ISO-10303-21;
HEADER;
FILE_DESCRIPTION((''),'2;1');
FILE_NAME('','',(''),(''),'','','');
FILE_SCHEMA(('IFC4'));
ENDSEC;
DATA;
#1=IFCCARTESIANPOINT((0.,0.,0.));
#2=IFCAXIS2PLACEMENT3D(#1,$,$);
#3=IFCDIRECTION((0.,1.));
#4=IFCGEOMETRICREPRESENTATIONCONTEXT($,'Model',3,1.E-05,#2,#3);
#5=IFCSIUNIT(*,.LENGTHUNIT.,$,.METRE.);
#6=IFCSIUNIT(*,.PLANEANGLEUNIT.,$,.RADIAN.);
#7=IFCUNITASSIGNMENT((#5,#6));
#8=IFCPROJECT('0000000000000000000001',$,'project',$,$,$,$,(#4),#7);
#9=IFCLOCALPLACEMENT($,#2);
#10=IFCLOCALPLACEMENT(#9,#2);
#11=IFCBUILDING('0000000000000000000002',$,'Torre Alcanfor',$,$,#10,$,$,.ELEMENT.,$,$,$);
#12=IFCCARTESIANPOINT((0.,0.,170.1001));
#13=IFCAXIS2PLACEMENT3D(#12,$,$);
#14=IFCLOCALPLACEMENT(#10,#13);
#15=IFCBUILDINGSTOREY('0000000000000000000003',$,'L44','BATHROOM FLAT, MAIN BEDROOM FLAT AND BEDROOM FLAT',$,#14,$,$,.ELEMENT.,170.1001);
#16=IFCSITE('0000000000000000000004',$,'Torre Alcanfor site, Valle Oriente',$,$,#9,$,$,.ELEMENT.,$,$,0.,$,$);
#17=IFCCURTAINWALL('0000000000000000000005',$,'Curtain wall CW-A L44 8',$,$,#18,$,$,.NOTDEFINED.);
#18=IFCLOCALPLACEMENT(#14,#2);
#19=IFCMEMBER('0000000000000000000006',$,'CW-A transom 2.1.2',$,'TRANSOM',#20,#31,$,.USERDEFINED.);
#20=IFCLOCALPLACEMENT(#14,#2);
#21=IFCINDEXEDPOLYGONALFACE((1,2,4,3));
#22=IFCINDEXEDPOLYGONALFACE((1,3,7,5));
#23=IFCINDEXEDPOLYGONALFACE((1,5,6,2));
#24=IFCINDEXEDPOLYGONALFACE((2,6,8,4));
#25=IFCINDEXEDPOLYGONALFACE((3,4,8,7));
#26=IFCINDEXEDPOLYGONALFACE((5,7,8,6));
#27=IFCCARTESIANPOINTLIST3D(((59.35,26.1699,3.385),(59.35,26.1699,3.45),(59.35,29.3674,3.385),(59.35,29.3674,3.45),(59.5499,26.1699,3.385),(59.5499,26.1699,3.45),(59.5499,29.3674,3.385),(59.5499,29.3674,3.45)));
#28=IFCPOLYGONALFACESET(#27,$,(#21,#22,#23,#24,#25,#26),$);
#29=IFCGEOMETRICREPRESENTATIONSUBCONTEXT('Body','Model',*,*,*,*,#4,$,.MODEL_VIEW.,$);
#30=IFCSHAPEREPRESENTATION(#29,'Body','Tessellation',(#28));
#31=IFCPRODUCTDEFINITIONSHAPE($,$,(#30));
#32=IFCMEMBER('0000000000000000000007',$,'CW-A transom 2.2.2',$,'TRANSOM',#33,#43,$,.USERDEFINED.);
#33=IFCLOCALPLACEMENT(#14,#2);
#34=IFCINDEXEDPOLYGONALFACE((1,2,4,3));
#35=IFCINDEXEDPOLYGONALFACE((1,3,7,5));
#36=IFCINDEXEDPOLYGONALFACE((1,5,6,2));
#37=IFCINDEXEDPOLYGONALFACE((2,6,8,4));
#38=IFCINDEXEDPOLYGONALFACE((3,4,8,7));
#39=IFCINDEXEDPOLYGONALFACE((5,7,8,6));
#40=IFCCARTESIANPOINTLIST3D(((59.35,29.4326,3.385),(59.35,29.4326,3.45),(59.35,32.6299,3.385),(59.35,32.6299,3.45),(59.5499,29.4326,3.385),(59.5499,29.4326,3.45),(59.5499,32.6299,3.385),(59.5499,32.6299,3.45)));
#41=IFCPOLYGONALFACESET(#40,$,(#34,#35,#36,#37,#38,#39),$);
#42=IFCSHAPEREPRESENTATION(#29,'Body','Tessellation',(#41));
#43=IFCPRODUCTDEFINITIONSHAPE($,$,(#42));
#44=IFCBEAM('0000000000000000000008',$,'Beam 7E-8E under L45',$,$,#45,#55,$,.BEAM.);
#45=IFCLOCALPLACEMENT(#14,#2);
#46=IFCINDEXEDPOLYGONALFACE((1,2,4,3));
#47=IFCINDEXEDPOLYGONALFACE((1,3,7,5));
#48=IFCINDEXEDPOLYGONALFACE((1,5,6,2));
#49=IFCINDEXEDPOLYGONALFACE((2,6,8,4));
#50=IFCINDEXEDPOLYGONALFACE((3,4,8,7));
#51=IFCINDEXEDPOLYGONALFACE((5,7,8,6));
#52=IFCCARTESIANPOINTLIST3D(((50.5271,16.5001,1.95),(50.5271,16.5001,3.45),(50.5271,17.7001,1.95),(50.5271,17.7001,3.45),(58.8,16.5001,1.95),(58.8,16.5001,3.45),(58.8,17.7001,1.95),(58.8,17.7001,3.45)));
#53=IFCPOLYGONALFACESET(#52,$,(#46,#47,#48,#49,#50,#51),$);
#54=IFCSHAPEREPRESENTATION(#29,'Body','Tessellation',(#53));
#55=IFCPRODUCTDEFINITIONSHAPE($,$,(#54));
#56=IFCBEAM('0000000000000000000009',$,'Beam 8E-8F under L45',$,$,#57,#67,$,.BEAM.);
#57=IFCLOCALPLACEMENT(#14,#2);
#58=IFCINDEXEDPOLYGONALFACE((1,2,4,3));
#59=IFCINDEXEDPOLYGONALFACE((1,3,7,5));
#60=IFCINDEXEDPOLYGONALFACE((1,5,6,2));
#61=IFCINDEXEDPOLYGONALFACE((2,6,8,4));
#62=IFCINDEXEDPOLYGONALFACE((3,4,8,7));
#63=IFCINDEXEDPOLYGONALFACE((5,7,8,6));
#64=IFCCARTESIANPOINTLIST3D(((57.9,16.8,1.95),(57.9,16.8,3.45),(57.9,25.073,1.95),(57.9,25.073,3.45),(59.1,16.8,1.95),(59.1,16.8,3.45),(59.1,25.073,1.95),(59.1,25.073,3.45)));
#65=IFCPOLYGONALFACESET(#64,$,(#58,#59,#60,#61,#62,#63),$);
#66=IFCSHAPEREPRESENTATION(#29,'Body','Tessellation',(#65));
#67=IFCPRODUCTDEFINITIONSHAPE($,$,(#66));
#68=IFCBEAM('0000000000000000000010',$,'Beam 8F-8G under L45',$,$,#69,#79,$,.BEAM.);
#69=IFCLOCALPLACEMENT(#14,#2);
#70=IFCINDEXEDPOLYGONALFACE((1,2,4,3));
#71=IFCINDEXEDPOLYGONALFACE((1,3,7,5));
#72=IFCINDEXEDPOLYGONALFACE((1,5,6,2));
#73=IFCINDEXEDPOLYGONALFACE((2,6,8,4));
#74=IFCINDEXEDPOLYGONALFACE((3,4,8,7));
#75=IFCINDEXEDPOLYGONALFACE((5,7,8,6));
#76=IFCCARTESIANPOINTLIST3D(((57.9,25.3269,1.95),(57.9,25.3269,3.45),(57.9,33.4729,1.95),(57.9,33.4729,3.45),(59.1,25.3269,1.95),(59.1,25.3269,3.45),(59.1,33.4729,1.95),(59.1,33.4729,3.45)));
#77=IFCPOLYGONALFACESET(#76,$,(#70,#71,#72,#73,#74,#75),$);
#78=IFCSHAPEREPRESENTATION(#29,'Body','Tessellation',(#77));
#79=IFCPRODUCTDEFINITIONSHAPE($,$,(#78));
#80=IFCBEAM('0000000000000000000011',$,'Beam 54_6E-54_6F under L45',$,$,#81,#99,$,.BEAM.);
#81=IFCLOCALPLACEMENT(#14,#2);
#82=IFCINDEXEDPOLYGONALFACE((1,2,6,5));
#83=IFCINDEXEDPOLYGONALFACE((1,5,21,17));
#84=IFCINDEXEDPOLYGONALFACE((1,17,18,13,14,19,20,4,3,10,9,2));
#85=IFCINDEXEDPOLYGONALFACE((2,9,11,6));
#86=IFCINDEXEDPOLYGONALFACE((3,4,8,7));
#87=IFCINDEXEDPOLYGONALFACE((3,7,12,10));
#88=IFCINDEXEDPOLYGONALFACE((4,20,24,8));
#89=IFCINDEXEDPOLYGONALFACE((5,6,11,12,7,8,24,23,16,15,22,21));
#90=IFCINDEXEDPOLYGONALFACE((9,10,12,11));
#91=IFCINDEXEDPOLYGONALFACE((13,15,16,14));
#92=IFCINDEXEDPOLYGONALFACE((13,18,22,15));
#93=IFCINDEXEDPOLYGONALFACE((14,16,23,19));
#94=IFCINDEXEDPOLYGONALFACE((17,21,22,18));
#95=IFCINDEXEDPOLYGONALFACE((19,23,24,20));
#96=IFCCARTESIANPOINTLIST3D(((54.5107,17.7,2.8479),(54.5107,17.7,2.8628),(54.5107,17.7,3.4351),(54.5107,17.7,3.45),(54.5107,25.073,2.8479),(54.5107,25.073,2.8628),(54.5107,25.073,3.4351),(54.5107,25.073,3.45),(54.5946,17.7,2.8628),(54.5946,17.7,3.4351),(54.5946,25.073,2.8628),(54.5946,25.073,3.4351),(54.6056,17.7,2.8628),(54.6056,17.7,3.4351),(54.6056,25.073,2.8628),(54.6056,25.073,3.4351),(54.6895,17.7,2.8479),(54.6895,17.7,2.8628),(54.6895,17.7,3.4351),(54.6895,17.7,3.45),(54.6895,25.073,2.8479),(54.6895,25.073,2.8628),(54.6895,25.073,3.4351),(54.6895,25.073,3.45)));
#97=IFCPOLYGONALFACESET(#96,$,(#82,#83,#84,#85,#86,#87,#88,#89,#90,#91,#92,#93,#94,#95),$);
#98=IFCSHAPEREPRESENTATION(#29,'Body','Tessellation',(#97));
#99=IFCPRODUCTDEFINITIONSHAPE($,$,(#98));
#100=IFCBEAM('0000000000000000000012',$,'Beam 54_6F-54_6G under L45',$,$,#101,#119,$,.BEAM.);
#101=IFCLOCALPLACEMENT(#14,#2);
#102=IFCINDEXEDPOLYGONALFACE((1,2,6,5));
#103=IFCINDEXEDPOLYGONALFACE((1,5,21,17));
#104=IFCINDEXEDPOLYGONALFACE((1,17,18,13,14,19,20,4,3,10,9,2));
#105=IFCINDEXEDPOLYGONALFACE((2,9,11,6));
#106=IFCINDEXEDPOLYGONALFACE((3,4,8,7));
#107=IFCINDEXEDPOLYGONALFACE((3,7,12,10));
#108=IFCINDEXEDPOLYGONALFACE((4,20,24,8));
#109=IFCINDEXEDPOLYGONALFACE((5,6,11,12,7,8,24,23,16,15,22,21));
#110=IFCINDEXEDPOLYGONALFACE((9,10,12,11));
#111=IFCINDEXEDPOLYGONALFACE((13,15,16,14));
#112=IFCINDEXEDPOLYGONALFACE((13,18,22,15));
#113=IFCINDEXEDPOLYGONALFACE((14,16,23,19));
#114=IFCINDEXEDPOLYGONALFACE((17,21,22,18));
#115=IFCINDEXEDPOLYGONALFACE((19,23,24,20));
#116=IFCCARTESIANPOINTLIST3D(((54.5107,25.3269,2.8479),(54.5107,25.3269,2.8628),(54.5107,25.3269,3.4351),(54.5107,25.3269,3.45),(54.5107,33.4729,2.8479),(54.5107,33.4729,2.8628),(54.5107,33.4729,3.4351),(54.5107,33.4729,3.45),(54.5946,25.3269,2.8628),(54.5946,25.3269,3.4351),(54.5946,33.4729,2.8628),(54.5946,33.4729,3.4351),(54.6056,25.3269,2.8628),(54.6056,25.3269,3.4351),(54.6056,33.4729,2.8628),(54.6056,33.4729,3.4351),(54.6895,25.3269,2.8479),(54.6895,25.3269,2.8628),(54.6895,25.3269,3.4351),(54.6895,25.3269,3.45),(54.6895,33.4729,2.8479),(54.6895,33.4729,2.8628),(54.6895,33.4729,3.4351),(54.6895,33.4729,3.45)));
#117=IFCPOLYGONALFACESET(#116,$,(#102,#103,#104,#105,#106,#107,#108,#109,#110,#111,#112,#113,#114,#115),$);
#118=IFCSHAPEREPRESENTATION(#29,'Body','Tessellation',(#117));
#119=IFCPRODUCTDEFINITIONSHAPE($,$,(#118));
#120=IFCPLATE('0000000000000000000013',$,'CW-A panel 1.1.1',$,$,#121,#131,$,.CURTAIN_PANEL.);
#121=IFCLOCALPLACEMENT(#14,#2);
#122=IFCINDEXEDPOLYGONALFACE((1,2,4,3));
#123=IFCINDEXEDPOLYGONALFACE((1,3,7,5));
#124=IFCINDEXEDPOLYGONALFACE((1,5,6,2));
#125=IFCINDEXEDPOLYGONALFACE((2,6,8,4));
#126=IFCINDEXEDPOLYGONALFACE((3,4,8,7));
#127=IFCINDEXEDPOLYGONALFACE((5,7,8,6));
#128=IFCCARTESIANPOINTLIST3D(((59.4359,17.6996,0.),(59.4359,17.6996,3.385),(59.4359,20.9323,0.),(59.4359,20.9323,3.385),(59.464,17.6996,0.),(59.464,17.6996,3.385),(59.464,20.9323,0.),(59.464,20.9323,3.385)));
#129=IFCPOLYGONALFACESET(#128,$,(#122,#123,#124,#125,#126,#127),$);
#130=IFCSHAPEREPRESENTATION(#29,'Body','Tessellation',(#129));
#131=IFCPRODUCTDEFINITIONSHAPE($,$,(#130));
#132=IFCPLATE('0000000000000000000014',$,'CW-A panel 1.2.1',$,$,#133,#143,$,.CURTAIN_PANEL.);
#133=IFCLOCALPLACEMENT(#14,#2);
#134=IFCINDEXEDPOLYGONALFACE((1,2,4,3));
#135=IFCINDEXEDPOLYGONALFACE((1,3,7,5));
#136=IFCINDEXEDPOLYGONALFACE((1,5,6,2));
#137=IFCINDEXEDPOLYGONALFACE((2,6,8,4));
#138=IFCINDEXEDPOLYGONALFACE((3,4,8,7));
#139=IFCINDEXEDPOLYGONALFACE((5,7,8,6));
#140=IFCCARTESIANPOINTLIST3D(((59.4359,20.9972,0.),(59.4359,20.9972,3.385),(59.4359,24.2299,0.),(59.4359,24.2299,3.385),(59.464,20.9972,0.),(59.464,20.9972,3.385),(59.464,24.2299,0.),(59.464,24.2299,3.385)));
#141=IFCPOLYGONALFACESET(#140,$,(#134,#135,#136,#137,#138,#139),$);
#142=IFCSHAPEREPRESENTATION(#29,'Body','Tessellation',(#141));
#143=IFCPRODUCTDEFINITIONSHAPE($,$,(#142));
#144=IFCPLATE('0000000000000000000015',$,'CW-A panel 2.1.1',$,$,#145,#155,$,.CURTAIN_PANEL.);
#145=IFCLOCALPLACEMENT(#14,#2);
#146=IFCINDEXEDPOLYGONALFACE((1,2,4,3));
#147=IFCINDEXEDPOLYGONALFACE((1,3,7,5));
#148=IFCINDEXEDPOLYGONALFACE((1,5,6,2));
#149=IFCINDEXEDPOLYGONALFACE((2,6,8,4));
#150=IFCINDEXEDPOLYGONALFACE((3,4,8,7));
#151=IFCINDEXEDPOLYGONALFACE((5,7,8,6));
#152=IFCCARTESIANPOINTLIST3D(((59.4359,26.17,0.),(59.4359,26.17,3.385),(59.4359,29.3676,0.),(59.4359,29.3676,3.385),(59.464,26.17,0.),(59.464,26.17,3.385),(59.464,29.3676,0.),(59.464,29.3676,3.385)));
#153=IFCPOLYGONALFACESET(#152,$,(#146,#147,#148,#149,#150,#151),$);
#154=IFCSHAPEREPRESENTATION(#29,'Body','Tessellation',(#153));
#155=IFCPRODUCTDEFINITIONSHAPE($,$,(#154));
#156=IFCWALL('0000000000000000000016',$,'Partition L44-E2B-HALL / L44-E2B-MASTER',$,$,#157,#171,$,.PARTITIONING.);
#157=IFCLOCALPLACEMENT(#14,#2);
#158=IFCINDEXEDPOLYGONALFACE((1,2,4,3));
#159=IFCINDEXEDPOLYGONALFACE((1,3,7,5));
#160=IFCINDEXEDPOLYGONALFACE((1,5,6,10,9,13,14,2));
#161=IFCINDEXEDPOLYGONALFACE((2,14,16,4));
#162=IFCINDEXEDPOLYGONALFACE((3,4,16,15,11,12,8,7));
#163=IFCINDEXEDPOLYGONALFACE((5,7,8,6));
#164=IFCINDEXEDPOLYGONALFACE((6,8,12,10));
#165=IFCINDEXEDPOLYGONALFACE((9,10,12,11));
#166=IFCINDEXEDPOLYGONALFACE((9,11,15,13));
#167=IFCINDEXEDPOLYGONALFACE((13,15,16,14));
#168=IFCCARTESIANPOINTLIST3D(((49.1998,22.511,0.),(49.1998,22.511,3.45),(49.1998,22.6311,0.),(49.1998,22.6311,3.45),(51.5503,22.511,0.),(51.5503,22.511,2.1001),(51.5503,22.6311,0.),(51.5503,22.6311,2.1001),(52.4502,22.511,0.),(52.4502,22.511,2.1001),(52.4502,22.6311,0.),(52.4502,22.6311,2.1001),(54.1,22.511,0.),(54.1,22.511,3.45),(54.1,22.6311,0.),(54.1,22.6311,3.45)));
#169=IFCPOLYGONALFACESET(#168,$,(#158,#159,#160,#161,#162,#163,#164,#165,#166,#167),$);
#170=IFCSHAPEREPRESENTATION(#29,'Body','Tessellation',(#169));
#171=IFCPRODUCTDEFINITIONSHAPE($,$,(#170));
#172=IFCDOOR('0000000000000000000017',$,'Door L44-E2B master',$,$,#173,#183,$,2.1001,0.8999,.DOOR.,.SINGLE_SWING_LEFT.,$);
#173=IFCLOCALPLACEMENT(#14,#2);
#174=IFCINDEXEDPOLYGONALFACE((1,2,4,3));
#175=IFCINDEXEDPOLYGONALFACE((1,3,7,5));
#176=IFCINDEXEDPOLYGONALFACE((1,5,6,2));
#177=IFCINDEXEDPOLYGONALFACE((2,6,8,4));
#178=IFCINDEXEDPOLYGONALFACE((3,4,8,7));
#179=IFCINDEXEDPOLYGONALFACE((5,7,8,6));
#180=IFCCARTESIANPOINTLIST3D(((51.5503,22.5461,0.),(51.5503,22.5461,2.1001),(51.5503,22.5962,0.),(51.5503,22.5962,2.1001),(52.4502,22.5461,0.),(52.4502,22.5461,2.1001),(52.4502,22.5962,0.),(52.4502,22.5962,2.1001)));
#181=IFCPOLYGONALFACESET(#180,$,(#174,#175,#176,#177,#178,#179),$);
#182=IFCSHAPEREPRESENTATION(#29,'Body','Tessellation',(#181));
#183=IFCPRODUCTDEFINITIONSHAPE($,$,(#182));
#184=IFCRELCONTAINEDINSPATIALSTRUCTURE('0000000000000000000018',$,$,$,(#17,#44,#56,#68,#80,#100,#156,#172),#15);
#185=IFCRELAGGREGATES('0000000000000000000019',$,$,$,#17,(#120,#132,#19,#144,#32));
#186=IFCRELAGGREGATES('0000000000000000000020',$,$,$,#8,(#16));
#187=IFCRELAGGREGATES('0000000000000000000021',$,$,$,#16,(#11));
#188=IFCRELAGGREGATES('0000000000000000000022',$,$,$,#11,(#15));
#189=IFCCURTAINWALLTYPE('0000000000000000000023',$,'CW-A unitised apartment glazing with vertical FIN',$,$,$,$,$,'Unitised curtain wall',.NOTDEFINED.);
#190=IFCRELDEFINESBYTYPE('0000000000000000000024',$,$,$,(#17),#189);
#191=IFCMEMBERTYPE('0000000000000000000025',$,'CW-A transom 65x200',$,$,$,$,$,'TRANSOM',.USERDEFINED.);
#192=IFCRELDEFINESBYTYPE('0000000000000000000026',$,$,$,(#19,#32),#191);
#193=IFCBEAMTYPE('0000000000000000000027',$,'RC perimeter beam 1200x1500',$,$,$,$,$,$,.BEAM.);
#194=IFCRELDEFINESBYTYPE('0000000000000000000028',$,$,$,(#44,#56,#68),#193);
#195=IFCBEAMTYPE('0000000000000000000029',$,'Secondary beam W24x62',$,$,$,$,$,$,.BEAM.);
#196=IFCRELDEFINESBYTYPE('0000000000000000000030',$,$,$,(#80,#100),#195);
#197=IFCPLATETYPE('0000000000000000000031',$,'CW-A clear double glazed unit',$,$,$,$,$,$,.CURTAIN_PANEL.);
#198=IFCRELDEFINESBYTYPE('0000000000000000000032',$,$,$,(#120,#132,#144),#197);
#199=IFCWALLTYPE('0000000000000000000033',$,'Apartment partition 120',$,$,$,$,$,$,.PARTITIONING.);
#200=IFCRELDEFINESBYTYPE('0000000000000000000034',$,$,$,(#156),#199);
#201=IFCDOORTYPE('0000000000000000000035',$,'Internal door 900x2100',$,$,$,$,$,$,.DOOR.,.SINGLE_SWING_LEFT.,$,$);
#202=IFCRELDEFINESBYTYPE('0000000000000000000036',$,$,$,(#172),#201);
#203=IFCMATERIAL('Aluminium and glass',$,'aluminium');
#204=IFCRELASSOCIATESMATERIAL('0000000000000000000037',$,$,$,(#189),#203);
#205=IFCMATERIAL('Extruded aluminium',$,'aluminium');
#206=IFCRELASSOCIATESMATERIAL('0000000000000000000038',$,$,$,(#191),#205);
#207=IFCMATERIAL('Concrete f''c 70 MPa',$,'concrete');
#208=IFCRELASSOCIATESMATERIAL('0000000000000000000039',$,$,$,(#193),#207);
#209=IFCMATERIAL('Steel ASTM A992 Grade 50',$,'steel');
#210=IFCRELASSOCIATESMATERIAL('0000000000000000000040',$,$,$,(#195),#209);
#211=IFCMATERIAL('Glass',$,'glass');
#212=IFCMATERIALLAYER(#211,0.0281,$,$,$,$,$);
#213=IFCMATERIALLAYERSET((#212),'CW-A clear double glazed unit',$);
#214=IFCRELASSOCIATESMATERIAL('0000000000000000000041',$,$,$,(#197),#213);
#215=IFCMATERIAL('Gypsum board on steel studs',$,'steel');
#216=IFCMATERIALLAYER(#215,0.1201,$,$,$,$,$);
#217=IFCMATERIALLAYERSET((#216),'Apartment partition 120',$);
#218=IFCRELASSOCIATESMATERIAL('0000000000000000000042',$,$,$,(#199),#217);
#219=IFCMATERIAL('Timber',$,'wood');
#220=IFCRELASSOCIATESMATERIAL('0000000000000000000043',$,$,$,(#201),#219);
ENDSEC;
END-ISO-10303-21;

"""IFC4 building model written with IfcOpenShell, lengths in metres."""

from ifc_helpers import new_model, si_unit, direction, frame, frame_2d, origin, origin_2d, place, context, subcontext, project, spatial, rectangle, i_section, extrude, material, layer, layer_set, material_profile, profile_set, type_object, element, fill, aggregate, save


model = new_model("IFC4")

# Units and contexts
model_context = context("Model", 3, precision=1e-05, world=origin(), true_north=direction((0.0, 1.0)))
body_context = subcontext(model_context, "Body", "Model", "MODEL_VIEW")
ifc_project = project(units=[si_unit("LENGTHUNIT", "METRE"), si_unit("PLANEANGLEUNIT", "RADIAN")], contexts=[model_context])

# Site, building, storey
site_placement = place(None, origin())
site = spatial("IfcSite", under=ifc_project, at=site_placement, Name="Torre Alcanfor site, Valle Oriente", CompositionType="ELEMENT", RefElevation=0.0)
building_placement = place(site_placement, origin())
building = spatial("IfcBuilding", under=site, at=building_placement, Name="Torre Alcanfor", CompositionType="ELEMENT")
storey_placement = place(building_placement, frame((0.0, 0.0, 170.1001)))
storey = spatial("IfcBuildingStorey", under=building, at=storey_placement, Name="L44", Description="BATHROOM FLAT, MAIN BEDROOM FLAT AND BEDROOM FLAT", CompositionType="ELEMENT", Elevation=170.1001)

# Curtain wall, members
ifc_material_1 = material(Name="Aluminium and glass", Category="aluminium")
curtain_wall_type = type_object("IfcCurtainWallType", Name="CW-A unitised apartment glazing with vertical FIN", ElementType="Unitised curtain wall", PredefinedType="NOTDEFINED", material=ifc_material_1)
curtain_wall_placement = place(storey_placement, origin())
curtain_wall = element("IfcCurtainWall", 1, at=curtain_wall_placement, inside=storey, type_object=curtain_wall_type, Name="Curtain wall CW-A L44 8", PredefinedType="NOTDEFINED")
ifc_material_2 = material(Name="Extruded aluminium", Category="aluminium")
ifc_material_profile_1 = material_profile(ifc_material_2, rectangle(XDim=0.2, YDim=0.0649, at=origin_2d()), Name="CW-A transom 200x65")
ifc_profile_set_1 = profile_set([ifc_material_profile_1], Name="Extruded aluminium")
member_type_1 = type_object("IfcMemberType", Name="CW-A transom 65x200", ElementType="TRANSOM", PredefinedType="USERDEFINED", material=ifc_profile_set_1)
member_1_placement = place(storey_placement, frame((59.45, 26.1699, 3.4175), z_axis=(0.0, 1.0, 0.0), x_axis=(-1.0, 0.0, 0.0)))
member_1 = element("IfcMember", 2, at=member_1_placement, type_object=member_type_1, Name="CW-A transom 2.1.2", ObjectType="TRANSOM", PredefinedType="USERDEFINED", context=body_context, shape_type="SweptSolid", body=[
    extrude(rectangle(XDim=0.2, YDim=0.0649, at=origin_2d()), origin(), (0.0, 0.0, 1.0), 3.1975),
])
member_2_placement = place(storey_placement, frame((59.45, 29.4326, 3.4175), z_axis=(0.0, 1.0, 0.0), x_axis=(-1.0, 0.0, 0.0)))
member_2 = element("IfcMember", 3, at=member_2_placement, type_object=member_type_1, Name="CW-A transom 2.2.2", ObjectType="TRANSOM", PredefinedType="USERDEFINED", context=body_context, shape_type="SweptSolid", body=[
    extrude(rectangle(XDim=0.2, YDim=0.0649, at=origin_2d()), origin(), (0.0, 0.0, 1.0), 3.1973),
])

# Beams
ifc_material_3 = material(Name="Concrete f'c 70 MPa", Category="concrete")
ifc_material_profile_2 = material_profile(ifc_material_3, rectangle(XDim=1.2, YDim=1.5, at=origin_2d()), Name="1200x1500")
ifc_profile_set_2 = profile_set([ifc_material_profile_2], Name="Concrete f'c 70 MPa")
beam_type_1 = type_object("IfcBeamType", Name="RC perimeter beam 1200x1500", PredefinedType="BEAM", material=ifc_profile_set_2)
for number, where, z_axis, x_axis, name in (
    (4, (50.5271, 17.1001, 2.7), (1.0, 0.0, 0.0), (0.0, 1.0, 0.0), "Beam 7E-8E under L45"),
    (5, (58.5, 16.8, 2.7), (0.0, 1.0, 0.0), (-1.0, 0.0, 0.0), "Beam 8E-8F under L45"),
):
    element("IfcBeam", number, at=place(storey_placement, frame(where, z_axis=z_axis, x_axis=x_axis)), inside=storey, type_object=beam_type_1, Name=name, PredefinedType="BEAM", context=body_context, shape_type="SweptSolid", body=[
        extrude(rectangle(XDim=1.2, YDim=1.5, at=origin_2d()), origin(), (0.0, 0.0, 1.0), 8.2729),
    ])
beam_1_placement = place(storey_placement, frame((58.5, 25.3269, 2.7), z_axis=(0.0, 1.0, 0.0), x_axis=(-1.0, 0.0, 0.0)))
element("IfcBeam", 6, at=beam_1_placement, inside=storey, type_object=beam_type_1, Name="Beam 8F-8G under L45", PredefinedType="BEAM", context=body_context, shape_type="SweptSolid", body=[
    extrude(rectangle(XDim=1.2, YDim=1.5, at=origin_2d()), origin(), (0.0, 0.0, 1.0), 8.146),
])
ifc_material_4 = material(Name="Steel ASTM A992 Grade 50", Category="steel")
ifc_material_profile_3 = material_profile(ifc_material_4, i_section(OverallWidth=0.1787, OverallDepth=0.6021, WebThickness=0.011, FlangeThickness=0.0149, at=origin_2d()), Name="W24x62")
ifc_profile_set_3 = profile_set([ifc_material_profile_3], Name="Steel ASTM A992 Grade 50")
beam_type_2 = type_object("IfcBeamType", Name="Secondary beam W24x62", PredefinedType="BEAM", material=ifc_profile_set_3)
beam_2_placement = place(storey_placement, frame((54.6001, 17.7, 3.1489), z_axis=(0.0, 1.0, 0.0), x_axis=(-1.0, 0.0, 0.0)))
element("IfcBeam", 7, at=beam_2_placement, inside=storey, type_object=beam_type_2, Name="Beam 54_6E-54_6F under L45", PredefinedType="BEAM", context=body_context, shape_type="SweptSolid", body=[
    extrude(i_section(OverallWidth=0.1787, OverallDepth=0.6021, WebThickness=0.011, FlangeThickness=0.0149, at=origin_2d()), origin(), (0.0, 0.0, 1.0), 7.373),
])
beam_3_placement = place(storey_placement, frame((54.6001, 25.3269, 3.1489), z_axis=(0.0, 1.0, 0.0), x_axis=(-1.0, 0.0, 0.0)))
element("IfcBeam", 8, at=beam_3_placement, inside=storey, type_object=beam_type_2, Name="Beam 54_6F-54_6G under L45", PredefinedType="BEAM", context=body_context, shape_type="SweptSolid", body=[
    extrude(i_section(OverallWidth=0.1787, OverallDepth=0.6021, WebThickness=0.011, FlangeThickness=0.0149, at=origin_2d()), origin(), (0.0, 0.0, 1.0), 8.146),
])

# Plates
ifc_material_5 = material(Name="Glass", Category="glass")
ifc_layer_1 = layer(ifc_material_5, 0.0281)
ifc_layer_set_1 = layer_set([ifc_layer_1], Name="CW-A clear double glazed unit")
plate_type = type_object("IfcPlateType", Name="CW-A clear double glazed unit", PredefinedType="CURTAIN_PANEL", material=ifc_layer_set_1)
plate_1_placement = place(storey_placement, frame((59.45, 19.3159, 0.0), z_axis=(0.0, 0.0, 1.0), x_axis=(0.0, 1.0, 0.0)))
plate_1 = element("IfcPlate", 9, at=plate_1_placement, type_object=plate_type, Name="CW-A panel 1.1.1", PredefinedType="CURTAIN_PANEL", context=body_context, shape_type="SweptSolid", body=[
    extrude(rectangle(XDim=3.2327, YDim=0.0281, at=origin_2d()), origin(), (0.0, 0.0, 1.0), 3.385),
])
plate_2_placement = place(storey_placement, frame((59.45, 22.6135, 0.0), z_axis=(0.0, 0.0, 1.0), x_axis=(0.0, 1.0, 0.0)))
plate_2 = element("IfcPlate", 10, at=plate_2_placement, type_object=plate_type, Name="CW-A panel 1.2.1", PredefinedType="CURTAIN_PANEL", context=body_context, shape_type="SweptSolid", body=[
    extrude(rectangle(XDim=3.2327, YDim=0.0281, at=origin_2d()), origin(), (0.0, 0.0, 1.0), 3.385),
])
plate_3_placement = place(storey_placement, frame((59.45, 27.7688, 0.0), z_axis=(0.0, 0.0, 1.0), x_axis=(0.0, 1.0, 0.0)))
plate_3 = element("IfcPlate", 11, at=plate_3_placement, type_object=plate_type, Name="CW-A panel 2.1.1", PredefinedType="CURTAIN_PANEL", context=body_context, shape_type="SweptSolid", body=[
    extrude(rectangle(XDim=3.1975, YDim=0.0281, at=origin_2d()), origin(), (0.0, 0.0, 1.0), 3.385),
])
aggregate(curtain_wall, [plate_1, plate_2, member_1, plate_3, member_2])

# Wall, opening, door
ifc_material_6 = material(Name="Gypsum board on steel studs", Category="steel")
ifc_layer_2 = layer(ifc_material_6, 0.1201)
ifc_layer_set_2 = layer_set([ifc_layer_2], Name="Apartment partition 120")
wall_type_1 = type_object("IfcWallType", Name="Apartment partition 120", PredefinedType="PARTITIONING", material=ifc_layer_set_2)
wall_1_placement = place(storey_placement, frame((54.1001, 22.571, 0.0), z_axis=(0.0, 0.0, 1.0), x_axis=(-1.0, 0.0, 0.0)))
wall_1 = element("IfcWall", 12, at=wall_1_placement, inside=storey, type_object=wall_type_1, Name="Partition L44-E2B-HALL / L44-E2B-MASTER", PredefinedType="PARTITIONING", context=body_context, shape_type="SweptSolid", body=[
    extrude(rectangle(XDim=4.9001, YDim=0.1201, at=frame_2d((2.4502, 0.0))), origin(), (0.0, 0.0, 1.0), 3.45),
])
opening_1_placement = place(wall_1_placement, frame((1.6499, 0.0, 0.0)))
opening_1 = element("IfcOpeningElement", 13, at=opening_1_placement, cuts=wall_1, PredefinedType="OPENING", context=body_context, shape_type="SweptSolid", body=[
    extrude(rectangle(XDim=0.8999, YDim=2.1001, at=frame_2d((0.45, 1.05))), frame((0.0, 0.0701, 0.0), z_axis=(0.0, -1.0, 0.0), x_axis=(1.0, 0.0, 0.0)), (0.0, 0.0, 1.0), 0.1401),
])
ifc_material_7 = material(Name="Timber", Category="wood")
door_type = type_object("IfcDoorType", Name="Internal door 900x2100", OperationType="SINGLE_SWING_LEFT", PredefinedType="DOOR", material=ifc_material_7)
door_1_placement = place(opening_1_placement, origin())
door_1 = element("IfcDoor", 14, at=door_1_placement, inside=storey, type_object=door_type, Name="Door L44-E2B master", OperationType="SINGLE_SWING_LEFT", OverallHeight=2.1001, OverallWidth=0.8999, PredefinedType="DOOR", context=body_context, shape_type="SweptSolid", body=[
    extrude(rectangle(XDim=0.8999, YDim=2.1001, at=frame_2d((0.45, 1.05))), frame((0.0, 0.0249, 0.0), z_axis=(0.0, -1.0, 0.0), x_axis=(1.0, 0.0, 0.0)), (0.0, 0.0, 1.0), 0.05),
])
fill(opening_1, door_1)

save(model, "model.ifc")
